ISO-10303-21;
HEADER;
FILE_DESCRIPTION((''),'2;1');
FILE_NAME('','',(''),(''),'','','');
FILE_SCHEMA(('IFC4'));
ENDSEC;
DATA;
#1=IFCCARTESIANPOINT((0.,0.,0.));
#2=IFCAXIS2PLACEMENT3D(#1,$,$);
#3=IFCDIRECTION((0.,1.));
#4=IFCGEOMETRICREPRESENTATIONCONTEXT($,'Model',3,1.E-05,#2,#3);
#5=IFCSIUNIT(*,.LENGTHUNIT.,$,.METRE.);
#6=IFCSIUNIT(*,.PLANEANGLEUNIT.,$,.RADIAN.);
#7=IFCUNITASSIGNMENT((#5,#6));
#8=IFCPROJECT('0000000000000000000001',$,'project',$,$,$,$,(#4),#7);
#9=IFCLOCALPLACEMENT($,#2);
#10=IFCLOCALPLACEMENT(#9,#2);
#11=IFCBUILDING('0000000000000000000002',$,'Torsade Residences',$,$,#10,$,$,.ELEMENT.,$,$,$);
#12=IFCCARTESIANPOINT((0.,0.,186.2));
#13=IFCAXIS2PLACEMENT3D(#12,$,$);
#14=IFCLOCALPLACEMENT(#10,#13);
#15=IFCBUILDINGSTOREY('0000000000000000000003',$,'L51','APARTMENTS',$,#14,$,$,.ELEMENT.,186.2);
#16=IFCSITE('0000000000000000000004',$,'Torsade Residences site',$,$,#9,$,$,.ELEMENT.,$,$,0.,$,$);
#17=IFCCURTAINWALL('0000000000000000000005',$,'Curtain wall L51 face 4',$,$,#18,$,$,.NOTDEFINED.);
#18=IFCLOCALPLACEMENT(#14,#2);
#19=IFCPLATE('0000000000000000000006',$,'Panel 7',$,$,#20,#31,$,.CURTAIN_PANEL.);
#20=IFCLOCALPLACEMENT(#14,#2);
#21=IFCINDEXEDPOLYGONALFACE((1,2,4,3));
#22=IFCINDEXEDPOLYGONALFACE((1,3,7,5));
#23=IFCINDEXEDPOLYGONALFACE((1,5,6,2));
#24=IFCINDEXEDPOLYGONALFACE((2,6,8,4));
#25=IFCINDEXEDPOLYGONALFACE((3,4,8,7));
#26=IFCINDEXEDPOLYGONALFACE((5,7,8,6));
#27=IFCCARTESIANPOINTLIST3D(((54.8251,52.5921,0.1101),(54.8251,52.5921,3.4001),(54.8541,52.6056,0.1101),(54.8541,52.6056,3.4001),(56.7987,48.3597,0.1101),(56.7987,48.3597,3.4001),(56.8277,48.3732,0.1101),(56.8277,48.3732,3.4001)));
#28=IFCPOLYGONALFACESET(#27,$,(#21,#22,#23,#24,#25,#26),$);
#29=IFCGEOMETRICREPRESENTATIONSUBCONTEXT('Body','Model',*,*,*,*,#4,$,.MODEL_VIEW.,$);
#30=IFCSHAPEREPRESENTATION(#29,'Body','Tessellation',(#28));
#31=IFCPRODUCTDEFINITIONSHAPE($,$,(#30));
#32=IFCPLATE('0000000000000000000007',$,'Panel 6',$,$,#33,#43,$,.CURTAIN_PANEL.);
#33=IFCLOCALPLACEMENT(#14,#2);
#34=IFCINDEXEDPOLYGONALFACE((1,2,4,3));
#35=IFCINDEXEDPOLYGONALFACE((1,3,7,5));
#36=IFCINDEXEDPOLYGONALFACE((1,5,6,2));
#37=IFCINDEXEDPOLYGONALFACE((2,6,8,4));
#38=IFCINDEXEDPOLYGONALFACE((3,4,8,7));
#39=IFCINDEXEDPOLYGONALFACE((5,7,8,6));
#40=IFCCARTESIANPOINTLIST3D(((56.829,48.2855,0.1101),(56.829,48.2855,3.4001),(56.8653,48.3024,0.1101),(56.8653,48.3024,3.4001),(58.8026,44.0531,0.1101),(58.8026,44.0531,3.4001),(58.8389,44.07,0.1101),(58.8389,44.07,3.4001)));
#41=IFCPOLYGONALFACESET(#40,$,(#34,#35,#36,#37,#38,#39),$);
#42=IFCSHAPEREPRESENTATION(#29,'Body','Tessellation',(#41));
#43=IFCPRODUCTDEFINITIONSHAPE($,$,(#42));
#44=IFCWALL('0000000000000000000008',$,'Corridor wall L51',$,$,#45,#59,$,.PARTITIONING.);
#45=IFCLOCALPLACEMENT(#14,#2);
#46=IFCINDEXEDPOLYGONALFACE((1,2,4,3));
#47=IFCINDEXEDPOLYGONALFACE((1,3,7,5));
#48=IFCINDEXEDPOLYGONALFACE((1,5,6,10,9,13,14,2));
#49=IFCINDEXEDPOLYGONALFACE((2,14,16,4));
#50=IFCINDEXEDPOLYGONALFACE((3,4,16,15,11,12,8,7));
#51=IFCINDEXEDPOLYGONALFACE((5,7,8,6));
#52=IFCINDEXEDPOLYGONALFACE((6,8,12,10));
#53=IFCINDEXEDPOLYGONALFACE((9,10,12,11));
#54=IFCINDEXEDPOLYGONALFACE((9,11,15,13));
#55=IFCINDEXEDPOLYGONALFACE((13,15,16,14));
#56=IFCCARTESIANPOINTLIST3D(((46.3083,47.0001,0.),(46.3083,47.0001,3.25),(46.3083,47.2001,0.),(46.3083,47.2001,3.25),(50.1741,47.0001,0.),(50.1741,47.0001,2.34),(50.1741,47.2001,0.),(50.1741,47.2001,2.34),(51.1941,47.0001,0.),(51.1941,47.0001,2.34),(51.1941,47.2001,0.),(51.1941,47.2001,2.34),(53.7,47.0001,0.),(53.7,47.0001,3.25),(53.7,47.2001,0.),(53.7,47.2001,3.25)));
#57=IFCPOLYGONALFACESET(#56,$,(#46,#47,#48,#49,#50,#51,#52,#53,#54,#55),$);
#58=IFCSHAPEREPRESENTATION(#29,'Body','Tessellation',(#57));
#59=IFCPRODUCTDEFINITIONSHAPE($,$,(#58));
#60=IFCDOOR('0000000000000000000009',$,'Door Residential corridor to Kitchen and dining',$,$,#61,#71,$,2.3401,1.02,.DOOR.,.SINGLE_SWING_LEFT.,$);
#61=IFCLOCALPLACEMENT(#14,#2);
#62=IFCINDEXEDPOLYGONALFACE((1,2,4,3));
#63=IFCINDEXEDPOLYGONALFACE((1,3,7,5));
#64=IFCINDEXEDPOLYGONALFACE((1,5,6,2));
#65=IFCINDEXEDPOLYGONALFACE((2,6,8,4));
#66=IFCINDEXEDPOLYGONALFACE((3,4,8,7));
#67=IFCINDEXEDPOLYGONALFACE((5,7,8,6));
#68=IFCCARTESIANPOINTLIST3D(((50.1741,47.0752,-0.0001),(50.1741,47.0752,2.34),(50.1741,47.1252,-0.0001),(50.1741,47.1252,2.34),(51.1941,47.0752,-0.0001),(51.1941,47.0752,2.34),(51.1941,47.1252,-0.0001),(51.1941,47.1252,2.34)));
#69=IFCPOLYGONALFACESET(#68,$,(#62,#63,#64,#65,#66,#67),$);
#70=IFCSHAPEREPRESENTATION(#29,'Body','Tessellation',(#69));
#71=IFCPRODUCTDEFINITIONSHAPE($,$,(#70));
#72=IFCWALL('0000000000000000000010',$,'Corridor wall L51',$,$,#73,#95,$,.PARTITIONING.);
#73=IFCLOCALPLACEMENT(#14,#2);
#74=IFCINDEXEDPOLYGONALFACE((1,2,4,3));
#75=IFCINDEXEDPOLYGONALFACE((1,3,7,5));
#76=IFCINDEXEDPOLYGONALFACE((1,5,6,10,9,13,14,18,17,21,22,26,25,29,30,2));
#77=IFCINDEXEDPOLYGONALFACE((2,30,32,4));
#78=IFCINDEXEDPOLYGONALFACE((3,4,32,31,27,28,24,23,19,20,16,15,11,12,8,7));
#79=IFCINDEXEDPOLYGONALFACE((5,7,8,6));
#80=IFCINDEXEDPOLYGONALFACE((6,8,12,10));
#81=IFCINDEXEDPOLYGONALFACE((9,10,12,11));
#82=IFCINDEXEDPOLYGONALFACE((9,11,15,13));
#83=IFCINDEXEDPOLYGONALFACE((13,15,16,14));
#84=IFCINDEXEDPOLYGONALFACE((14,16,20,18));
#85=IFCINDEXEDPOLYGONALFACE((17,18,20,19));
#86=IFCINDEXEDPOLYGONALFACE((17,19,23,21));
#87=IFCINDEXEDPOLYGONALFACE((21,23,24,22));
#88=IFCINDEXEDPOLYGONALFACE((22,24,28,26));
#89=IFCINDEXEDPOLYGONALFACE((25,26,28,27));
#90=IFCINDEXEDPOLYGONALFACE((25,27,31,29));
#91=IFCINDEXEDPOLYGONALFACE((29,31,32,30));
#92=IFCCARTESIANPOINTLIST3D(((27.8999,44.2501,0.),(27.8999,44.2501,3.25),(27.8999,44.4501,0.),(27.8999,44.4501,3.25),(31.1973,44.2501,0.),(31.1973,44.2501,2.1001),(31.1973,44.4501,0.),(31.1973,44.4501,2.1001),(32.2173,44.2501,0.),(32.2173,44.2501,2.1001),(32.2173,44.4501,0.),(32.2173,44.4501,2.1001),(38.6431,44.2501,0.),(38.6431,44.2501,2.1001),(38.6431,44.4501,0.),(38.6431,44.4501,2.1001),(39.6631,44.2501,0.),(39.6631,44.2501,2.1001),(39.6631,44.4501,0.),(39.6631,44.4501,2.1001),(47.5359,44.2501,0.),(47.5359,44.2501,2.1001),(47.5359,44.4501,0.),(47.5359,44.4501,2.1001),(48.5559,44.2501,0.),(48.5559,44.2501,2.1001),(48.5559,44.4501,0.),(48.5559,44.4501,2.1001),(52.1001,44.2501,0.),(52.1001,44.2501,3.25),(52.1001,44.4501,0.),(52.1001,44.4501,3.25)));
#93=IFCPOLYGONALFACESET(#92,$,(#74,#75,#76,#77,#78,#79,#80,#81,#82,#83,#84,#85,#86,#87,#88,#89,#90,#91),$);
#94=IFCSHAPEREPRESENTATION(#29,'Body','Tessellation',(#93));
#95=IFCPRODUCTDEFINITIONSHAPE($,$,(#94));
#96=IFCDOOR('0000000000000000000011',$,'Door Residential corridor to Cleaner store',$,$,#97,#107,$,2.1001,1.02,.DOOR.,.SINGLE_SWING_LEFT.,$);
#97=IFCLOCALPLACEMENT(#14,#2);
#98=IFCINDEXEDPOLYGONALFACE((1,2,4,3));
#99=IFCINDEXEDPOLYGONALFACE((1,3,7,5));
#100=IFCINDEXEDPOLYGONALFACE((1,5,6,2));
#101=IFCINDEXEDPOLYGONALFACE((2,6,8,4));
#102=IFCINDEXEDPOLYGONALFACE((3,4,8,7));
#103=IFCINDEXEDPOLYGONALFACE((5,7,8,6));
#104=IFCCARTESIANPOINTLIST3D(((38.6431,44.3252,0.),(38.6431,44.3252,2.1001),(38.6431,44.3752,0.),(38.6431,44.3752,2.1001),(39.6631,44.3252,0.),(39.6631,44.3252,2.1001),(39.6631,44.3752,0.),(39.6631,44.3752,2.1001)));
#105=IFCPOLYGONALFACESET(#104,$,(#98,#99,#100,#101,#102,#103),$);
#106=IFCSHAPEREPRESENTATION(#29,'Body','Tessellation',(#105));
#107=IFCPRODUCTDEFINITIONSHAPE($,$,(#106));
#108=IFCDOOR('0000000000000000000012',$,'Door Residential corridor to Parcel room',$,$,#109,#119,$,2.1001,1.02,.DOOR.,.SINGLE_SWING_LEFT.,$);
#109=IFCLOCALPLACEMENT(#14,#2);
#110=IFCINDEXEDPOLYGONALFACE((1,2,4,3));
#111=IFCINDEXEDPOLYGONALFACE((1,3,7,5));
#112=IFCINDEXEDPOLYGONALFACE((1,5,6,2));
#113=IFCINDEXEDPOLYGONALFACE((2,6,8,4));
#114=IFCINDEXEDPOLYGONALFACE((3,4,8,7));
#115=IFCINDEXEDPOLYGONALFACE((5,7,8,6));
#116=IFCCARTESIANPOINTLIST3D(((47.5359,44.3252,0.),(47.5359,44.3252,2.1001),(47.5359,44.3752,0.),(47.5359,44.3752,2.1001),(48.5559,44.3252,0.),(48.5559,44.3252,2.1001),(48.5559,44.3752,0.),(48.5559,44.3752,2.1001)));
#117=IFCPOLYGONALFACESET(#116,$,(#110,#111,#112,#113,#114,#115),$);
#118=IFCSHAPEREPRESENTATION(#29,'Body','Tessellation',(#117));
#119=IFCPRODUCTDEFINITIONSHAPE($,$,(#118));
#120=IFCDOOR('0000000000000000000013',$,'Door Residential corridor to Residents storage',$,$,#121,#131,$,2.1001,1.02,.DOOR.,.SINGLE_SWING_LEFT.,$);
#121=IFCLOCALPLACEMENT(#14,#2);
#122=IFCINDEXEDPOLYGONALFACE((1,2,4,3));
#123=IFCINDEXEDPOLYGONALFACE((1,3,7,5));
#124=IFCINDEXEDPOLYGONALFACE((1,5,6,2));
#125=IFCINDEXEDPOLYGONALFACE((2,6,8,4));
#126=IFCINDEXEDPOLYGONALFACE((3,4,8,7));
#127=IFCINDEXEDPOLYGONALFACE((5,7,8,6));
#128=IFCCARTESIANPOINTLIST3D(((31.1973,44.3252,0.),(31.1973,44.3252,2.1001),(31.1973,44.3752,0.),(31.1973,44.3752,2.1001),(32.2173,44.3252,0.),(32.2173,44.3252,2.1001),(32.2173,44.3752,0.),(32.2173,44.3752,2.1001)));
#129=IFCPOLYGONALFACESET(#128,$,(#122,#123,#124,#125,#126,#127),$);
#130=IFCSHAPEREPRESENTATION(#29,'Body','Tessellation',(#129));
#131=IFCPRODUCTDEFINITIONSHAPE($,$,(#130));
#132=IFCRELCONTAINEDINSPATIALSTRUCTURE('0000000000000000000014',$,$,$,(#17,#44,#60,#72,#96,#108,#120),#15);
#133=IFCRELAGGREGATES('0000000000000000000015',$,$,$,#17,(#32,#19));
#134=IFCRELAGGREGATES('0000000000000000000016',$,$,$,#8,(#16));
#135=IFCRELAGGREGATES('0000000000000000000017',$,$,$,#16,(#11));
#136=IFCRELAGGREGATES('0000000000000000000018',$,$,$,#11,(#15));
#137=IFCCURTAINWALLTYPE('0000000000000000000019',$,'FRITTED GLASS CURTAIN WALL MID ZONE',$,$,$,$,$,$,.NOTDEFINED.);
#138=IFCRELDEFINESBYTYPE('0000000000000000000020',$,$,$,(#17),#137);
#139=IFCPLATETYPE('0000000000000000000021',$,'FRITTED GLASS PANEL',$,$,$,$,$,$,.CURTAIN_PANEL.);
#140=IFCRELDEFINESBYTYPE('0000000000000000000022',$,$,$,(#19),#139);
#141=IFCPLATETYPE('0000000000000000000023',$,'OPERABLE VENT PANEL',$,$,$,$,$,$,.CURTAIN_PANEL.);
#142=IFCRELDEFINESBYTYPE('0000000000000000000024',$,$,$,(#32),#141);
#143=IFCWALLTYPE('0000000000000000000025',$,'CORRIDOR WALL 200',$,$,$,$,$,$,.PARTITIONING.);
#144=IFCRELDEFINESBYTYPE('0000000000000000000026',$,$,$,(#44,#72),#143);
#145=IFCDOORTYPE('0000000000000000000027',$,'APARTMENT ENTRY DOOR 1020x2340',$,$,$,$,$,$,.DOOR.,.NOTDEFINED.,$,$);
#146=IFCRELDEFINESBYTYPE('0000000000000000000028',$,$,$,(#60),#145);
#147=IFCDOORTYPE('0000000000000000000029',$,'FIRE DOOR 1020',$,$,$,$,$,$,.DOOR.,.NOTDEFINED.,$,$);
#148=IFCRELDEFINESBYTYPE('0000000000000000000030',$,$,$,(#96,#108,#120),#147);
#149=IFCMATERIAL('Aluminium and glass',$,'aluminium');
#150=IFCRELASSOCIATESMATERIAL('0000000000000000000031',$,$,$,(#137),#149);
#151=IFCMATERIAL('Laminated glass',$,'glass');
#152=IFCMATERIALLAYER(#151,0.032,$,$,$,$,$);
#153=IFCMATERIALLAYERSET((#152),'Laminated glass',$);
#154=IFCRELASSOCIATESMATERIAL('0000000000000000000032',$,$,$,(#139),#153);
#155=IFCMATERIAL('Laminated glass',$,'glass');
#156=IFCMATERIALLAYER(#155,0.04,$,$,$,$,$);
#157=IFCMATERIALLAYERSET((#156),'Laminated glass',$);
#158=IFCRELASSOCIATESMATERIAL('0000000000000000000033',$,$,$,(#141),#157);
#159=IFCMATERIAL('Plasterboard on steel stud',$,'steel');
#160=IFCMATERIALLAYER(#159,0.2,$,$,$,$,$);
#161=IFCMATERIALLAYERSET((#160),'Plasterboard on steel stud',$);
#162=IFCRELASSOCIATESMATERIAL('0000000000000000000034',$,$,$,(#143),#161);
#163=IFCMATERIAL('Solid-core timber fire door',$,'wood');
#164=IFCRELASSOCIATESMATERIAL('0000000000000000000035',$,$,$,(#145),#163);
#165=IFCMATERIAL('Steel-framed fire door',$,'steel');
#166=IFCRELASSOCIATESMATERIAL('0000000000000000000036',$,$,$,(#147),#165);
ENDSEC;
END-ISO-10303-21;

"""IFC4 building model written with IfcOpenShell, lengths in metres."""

from ifc_helpers import new_model, si_unit, direction, frame, frame_2d, origin, origin_2d, place, context, subcontext, project, spatial, rectangle, extrude, material, layer, layer_set, type_object, element, fill, aggregate, save


model = new_model("IFC4")

# Units and contexts
model_context = context("Model", 3, precision=1e-05, world=origin(), true_north=direction((0.0, 1.0)))
body_context = subcontext(model_context, "Body", "Model", "MODEL_VIEW")
ifc_project = project(units=[si_unit("LENGTHUNIT", "METRE"), si_unit("PLANEANGLEUNIT", "RADIAN")], contexts=[model_context])

# Site, building, storey
site_placement = place(None, origin())
site = spatial("IfcSite", under=ifc_project, at=site_placement, Name="Torsade Residences site", CompositionType="ELEMENT", RefElevation=0.0)
building_placement = place(site_placement, origin())
building = spatial("IfcBuilding", under=site, at=building_placement, Name="Torsade Residences", CompositionType="ELEMENT")
storey_placement = place(building_placement, frame((0.0, 0.0, 186.2)))
storey = spatial("IfcBuildingStorey", under=building, at=storey_placement, Name="L51", Description="APARTMENTS", CompositionType="ELEMENT", Elevation=186.2)

# Curtain wall
ifc_material_1 = material(Name="Aluminium and glass", Category="aluminium")
curtain_wall_type = type_object("IfcCurtainWallType", Name="FRITTED GLASS CURTAIN WALL MID ZONE", PredefinedType="NOTDEFINED", material=ifc_material_1)
curtain_wall_placement = place(storey_placement, origin())
curtain_wall = element("IfcCurtainWall", 1, at=curtain_wall_placement, inside=storey, type_object=curtain_wall_type, Name="Curtain wall L51 face 4", PredefinedType="NOTDEFINED")

# Plates
ifc_material_2 = material(Name="Laminated glass", Category="glass")
ifc_layer_1 = layer(ifc_material_2, 0.032)
ifc_layer_set_1 = layer_set([ifc_layer_1], Name="Laminated glass")
plate_type_1 = type_object("IfcPlateType", Name="FRITTED GLASS PANEL", PredefinedType="CURTAIN_PANEL", material=ifc_layer_set_1)
plate_1_placement = place(storey_placement, frame((55.8264, 50.4827, 0.1101), z_axis=(0.0, 0.0, 1.0), x_axis=(-0.422618, 0.906308, 0.0)))
plate_1 = element("IfcPlate", 2, at=plate_1_placement, type_object=plate_type_1, Name="Panel 7", PredefinedType="CURTAIN_PANEL", context=body_context, shape_type="SweptSolid", body=[
    extrude(rectangle(XDim=4.6699, YDim=0.032, at=origin_2d()), origin(), (0.0, 0.0, 1.0), 3.29),
])
ifc_material_3 = material(Name="Laminated glass", Category="glass")
ifc_layer_2 = layer(ifc_material_3, 0.04)
ifc_layer_set_2 = layer_set([ifc_layer_2], Name="Laminated glass")
plate_type_2 = type_object("IfcPlateType", Name="OPERABLE VENT PANEL", PredefinedType="CURTAIN_PANEL", material=ifc_layer_set_2)
plate_2_placement = place(storey_placement, frame((57.834, 46.1777, 0.1101), z_axis=(0.0, 0.0, 1.0), x_axis=(-0.422618, 0.906308, 0.0)))
plate_2 = element("IfcPlate", 3, at=plate_2_placement, type_object=plate_type_2, Name="Panel 6", PredefinedType="CURTAIN_PANEL", context=body_context, shape_type="SweptSolid", body=[
    extrude(rectangle(XDim=4.6699, YDim=0.04, at=origin_2d()), origin(), (0.0, 0.0, 1.0), 3.29),
])
aggregate(curtain_wall, [plate_2, plate_1])

# Wall, opening, door
ifc_material_4 = material(Name="Plasterboard on steel stud", Category="steel")
ifc_layer_3 = layer(ifc_material_4, 0.2)
ifc_layer_set_3 = layer_set([ifc_layer_3], Name="Plasterboard on steel stud")
wall_type_1 = type_object("IfcWallType", Name="CORRIDOR WALL 200", PredefinedType="PARTITIONING", material=ifc_layer_set_3)
wall_1_placement = place(storey_placement, frame((53.7, 47.1001, 0.0), z_axis=(0.0, 0.0, 1.0), x_axis=(-1.0, 0.0, 0.0)))
wall_1 = element("IfcWall", 4, at=wall_1_placement, inside=storey, type_object=wall_type_1, Name="Corridor wall L51", PredefinedType="PARTITIONING", context=body_context, shape_type="SweptSolid", body=[
    extrude(rectangle(XDim=7.3916, YDim=0.2, at=frame_2d((3.6958, 0.0))), origin(), (0.0, 0.0, 1.0), 3.25),
])
opening_1_placement = place(wall_1_placement, frame((2.5059, 0.0, 0.0)))
opening_1 = element("IfcOpeningElement", 5, at=opening_1_placement, cuts=wall_1, PredefinedType="OPENING", context=body_context, shape_type="SweptSolid", body=[
    extrude(rectangle(XDim=1.02, YDim=2.3401, at=frame_2d((0.51, 1.1699))), frame((0.0, 0.1099, 0.0), z_axis=(0.0, -1.0, 0.0), x_axis=(1.0, 0.0, 0.0)), (0.0, 0.0, 1.0), 0.22),
])
ifc_material_5 = material(Name="Solid-core timber fire door", Category="wood")
door_type_1 = type_object("IfcDoorType", Name="APARTMENT ENTRY DOOR 1020x2340", OperationType="NOTDEFINED", PredefinedType="DOOR", material=ifc_material_5)
door_1_placement = place(opening_1_placement, origin())
door_1 = element("IfcDoor", 6, at=door_1_placement, inside=storey, type_object=door_type_1, Name="Door Residential corridor to Kitchen and dining", OperationType="SINGLE_SWING_LEFT", OverallHeight=2.3401, OverallWidth=1.02, PredefinedType="DOOR", context=body_context, shape_type="SweptSolid", body=[
    extrude(rectangle(XDim=1.02, YDim=2.3401, at=frame_2d((0.51, 1.1699))), frame((0.0, 0.0249, 0.0), z_axis=(0.0, -1.0, 0.0), x_axis=(1.0, 0.0, 0.0)), (0.0, 0.0, 1.0), 0.05),
])
fill(opening_1, door_1)

# Wall, openings, doors
wall_2_placement = place(storey_placement, frame((52.1001, 44.3501, 0.0), z_axis=(0.0, 0.0, 1.0), x_axis=(-1.0, 0.0, 0.0)))
wall_2 = element("IfcWall", 7, at=wall_2_placement, inside=storey, type_object=wall_type_1, Name="Corridor wall L51", PredefinedType="PARTITIONING", context=body_context, shape_type="SweptSolid", body=[
    extrude(rectangle(XDim=24.2002, YDim=0.2, at=frame_2d((12.1001, 0.0))), origin(), (0.0, 0.0, 1.0), 3.25),
])
opening_2_placement = place(wall_2_placement, frame((12.437, 0.0, 0.0)))
opening_2 = element("IfcOpeningElement", 8, at=opening_2_placement, cuts=wall_2, PredefinedType="OPENING", context=body_context, shape_type="SweptSolid", body=[
    extrude(rectangle(XDim=1.02, YDim=2.1001, at=frame_2d((0.51, 1.05))), frame((0.0, 0.1099, 0.0), z_axis=(0.0, -1.0, 0.0), x_axis=(1.0, 0.0, 0.0)), (0.0, 0.0, 1.0), 0.22),
])
opening_3_placement = place(wall_2_placement, frame((3.5442, 0.0, 0.0)))
opening_3 = element("IfcOpeningElement", 9, at=opening_3_placement, cuts=wall_2, PredefinedType="OPENING", context=body_context, shape_type="SweptSolid", body=[
    extrude(rectangle(XDim=1.02, YDim=2.1001, at=frame_2d((0.51, 1.05))), frame((0.0, 0.1099, 0.0), z_axis=(0.0, -1.0, 0.0), x_axis=(1.0, 0.0, 0.0)), (0.0, 0.0, 1.0), 0.22),
])
opening_4_placement = place(wall_2_placement, frame((19.8828, 0.0, 0.0)))
opening_4 = element("IfcOpeningElement", 10, at=opening_4_placement, cuts=wall_2, PredefinedType="OPENING", context=body_context, shape_type="SweptSolid", body=[
    extrude(rectangle(XDim=1.02, YDim=2.1001, at=frame_2d((0.51, 1.05))), frame((0.0, 0.1099, 0.0), z_axis=(0.0, -1.0, 0.0), x_axis=(1.0, 0.0, 0.0)), (0.0, 0.0, 1.0), 0.22),
])
ifc_material_6 = material(Name="Steel-framed fire door", Category="steel")
door_type_2 = type_object("IfcDoorType", Name="FIRE DOOR 1020", OperationType="NOTDEFINED", PredefinedType="DOOR", material=ifc_material_6)
door_2_placement = place(opening_2_placement, origin())
door_2 = element("IfcDoor", 11, at=door_2_placement, inside=storey, type_object=door_type_2, Name="Door Residential corridor to Cleaner store", OperationType="SINGLE_SWING_LEFT", OverallHeight=2.1001, OverallWidth=1.02, PredefinedType="DOOR", context=body_context, shape_type="SweptSolid", body=[
    extrude(rectangle(XDim=1.02, YDim=2.1001, at=frame_2d((0.51, 1.05))), frame((0.0, 0.0249, 0.0), z_axis=(0.0, -1.0, 0.0), x_axis=(1.0, 0.0, 0.0)), (0.0, 0.0, 1.0), 0.05),
])
fill(opening_2, door_2)
door_3_placement = place(opening_3_placement, origin())
door_3 = element("IfcDoor", 12, at=door_3_placement, inside=storey, type_object=door_type_2, Name="Door Residential corridor to Parcel room", OperationType="SINGLE_SWING_LEFT", OverallHeight=2.1001, OverallWidth=1.02, PredefinedType="DOOR", context=body_context, shape_type="SweptSolid", body=[
    extrude(rectangle(XDim=1.02, YDim=2.1001, at=frame_2d((0.51, 1.05))), frame((0.0, 0.0249, 0.0), z_axis=(0.0, -1.0, 0.0), x_axis=(1.0, 0.0, 0.0)), (0.0, 0.0, 1.0), 0.05),
])
fill(opening_3, door_3)
door_4_placement = place(opening_4_placement, origin())
door_4 = element("IfcDoor", 13, at=door_4_placement, inside=storey, type_object=door_type_2, Name="Door Residential corridor to Residents storage", OperationType="SINGLE_SWING_LEFT", OverallHeight=2.1001, OverallWidth=1.02, PredefinedType="DOOR", context=body_context, shape_type="SweptSolid", body=[
    extrude(rectangle(XDim=1.02, YDim=2.1001, at=frame_2d((0.51, 1.05))), frame((0.0, 0.0249, 0.0), z_axis=(0.0, -1.0, 0.0), x_axis=(1.0, 0.0, 0.0)), (0.0, 0.0, 1.0), 0.05),
])
fill(opening_4, door_4)

save(model, "model.ifc")
